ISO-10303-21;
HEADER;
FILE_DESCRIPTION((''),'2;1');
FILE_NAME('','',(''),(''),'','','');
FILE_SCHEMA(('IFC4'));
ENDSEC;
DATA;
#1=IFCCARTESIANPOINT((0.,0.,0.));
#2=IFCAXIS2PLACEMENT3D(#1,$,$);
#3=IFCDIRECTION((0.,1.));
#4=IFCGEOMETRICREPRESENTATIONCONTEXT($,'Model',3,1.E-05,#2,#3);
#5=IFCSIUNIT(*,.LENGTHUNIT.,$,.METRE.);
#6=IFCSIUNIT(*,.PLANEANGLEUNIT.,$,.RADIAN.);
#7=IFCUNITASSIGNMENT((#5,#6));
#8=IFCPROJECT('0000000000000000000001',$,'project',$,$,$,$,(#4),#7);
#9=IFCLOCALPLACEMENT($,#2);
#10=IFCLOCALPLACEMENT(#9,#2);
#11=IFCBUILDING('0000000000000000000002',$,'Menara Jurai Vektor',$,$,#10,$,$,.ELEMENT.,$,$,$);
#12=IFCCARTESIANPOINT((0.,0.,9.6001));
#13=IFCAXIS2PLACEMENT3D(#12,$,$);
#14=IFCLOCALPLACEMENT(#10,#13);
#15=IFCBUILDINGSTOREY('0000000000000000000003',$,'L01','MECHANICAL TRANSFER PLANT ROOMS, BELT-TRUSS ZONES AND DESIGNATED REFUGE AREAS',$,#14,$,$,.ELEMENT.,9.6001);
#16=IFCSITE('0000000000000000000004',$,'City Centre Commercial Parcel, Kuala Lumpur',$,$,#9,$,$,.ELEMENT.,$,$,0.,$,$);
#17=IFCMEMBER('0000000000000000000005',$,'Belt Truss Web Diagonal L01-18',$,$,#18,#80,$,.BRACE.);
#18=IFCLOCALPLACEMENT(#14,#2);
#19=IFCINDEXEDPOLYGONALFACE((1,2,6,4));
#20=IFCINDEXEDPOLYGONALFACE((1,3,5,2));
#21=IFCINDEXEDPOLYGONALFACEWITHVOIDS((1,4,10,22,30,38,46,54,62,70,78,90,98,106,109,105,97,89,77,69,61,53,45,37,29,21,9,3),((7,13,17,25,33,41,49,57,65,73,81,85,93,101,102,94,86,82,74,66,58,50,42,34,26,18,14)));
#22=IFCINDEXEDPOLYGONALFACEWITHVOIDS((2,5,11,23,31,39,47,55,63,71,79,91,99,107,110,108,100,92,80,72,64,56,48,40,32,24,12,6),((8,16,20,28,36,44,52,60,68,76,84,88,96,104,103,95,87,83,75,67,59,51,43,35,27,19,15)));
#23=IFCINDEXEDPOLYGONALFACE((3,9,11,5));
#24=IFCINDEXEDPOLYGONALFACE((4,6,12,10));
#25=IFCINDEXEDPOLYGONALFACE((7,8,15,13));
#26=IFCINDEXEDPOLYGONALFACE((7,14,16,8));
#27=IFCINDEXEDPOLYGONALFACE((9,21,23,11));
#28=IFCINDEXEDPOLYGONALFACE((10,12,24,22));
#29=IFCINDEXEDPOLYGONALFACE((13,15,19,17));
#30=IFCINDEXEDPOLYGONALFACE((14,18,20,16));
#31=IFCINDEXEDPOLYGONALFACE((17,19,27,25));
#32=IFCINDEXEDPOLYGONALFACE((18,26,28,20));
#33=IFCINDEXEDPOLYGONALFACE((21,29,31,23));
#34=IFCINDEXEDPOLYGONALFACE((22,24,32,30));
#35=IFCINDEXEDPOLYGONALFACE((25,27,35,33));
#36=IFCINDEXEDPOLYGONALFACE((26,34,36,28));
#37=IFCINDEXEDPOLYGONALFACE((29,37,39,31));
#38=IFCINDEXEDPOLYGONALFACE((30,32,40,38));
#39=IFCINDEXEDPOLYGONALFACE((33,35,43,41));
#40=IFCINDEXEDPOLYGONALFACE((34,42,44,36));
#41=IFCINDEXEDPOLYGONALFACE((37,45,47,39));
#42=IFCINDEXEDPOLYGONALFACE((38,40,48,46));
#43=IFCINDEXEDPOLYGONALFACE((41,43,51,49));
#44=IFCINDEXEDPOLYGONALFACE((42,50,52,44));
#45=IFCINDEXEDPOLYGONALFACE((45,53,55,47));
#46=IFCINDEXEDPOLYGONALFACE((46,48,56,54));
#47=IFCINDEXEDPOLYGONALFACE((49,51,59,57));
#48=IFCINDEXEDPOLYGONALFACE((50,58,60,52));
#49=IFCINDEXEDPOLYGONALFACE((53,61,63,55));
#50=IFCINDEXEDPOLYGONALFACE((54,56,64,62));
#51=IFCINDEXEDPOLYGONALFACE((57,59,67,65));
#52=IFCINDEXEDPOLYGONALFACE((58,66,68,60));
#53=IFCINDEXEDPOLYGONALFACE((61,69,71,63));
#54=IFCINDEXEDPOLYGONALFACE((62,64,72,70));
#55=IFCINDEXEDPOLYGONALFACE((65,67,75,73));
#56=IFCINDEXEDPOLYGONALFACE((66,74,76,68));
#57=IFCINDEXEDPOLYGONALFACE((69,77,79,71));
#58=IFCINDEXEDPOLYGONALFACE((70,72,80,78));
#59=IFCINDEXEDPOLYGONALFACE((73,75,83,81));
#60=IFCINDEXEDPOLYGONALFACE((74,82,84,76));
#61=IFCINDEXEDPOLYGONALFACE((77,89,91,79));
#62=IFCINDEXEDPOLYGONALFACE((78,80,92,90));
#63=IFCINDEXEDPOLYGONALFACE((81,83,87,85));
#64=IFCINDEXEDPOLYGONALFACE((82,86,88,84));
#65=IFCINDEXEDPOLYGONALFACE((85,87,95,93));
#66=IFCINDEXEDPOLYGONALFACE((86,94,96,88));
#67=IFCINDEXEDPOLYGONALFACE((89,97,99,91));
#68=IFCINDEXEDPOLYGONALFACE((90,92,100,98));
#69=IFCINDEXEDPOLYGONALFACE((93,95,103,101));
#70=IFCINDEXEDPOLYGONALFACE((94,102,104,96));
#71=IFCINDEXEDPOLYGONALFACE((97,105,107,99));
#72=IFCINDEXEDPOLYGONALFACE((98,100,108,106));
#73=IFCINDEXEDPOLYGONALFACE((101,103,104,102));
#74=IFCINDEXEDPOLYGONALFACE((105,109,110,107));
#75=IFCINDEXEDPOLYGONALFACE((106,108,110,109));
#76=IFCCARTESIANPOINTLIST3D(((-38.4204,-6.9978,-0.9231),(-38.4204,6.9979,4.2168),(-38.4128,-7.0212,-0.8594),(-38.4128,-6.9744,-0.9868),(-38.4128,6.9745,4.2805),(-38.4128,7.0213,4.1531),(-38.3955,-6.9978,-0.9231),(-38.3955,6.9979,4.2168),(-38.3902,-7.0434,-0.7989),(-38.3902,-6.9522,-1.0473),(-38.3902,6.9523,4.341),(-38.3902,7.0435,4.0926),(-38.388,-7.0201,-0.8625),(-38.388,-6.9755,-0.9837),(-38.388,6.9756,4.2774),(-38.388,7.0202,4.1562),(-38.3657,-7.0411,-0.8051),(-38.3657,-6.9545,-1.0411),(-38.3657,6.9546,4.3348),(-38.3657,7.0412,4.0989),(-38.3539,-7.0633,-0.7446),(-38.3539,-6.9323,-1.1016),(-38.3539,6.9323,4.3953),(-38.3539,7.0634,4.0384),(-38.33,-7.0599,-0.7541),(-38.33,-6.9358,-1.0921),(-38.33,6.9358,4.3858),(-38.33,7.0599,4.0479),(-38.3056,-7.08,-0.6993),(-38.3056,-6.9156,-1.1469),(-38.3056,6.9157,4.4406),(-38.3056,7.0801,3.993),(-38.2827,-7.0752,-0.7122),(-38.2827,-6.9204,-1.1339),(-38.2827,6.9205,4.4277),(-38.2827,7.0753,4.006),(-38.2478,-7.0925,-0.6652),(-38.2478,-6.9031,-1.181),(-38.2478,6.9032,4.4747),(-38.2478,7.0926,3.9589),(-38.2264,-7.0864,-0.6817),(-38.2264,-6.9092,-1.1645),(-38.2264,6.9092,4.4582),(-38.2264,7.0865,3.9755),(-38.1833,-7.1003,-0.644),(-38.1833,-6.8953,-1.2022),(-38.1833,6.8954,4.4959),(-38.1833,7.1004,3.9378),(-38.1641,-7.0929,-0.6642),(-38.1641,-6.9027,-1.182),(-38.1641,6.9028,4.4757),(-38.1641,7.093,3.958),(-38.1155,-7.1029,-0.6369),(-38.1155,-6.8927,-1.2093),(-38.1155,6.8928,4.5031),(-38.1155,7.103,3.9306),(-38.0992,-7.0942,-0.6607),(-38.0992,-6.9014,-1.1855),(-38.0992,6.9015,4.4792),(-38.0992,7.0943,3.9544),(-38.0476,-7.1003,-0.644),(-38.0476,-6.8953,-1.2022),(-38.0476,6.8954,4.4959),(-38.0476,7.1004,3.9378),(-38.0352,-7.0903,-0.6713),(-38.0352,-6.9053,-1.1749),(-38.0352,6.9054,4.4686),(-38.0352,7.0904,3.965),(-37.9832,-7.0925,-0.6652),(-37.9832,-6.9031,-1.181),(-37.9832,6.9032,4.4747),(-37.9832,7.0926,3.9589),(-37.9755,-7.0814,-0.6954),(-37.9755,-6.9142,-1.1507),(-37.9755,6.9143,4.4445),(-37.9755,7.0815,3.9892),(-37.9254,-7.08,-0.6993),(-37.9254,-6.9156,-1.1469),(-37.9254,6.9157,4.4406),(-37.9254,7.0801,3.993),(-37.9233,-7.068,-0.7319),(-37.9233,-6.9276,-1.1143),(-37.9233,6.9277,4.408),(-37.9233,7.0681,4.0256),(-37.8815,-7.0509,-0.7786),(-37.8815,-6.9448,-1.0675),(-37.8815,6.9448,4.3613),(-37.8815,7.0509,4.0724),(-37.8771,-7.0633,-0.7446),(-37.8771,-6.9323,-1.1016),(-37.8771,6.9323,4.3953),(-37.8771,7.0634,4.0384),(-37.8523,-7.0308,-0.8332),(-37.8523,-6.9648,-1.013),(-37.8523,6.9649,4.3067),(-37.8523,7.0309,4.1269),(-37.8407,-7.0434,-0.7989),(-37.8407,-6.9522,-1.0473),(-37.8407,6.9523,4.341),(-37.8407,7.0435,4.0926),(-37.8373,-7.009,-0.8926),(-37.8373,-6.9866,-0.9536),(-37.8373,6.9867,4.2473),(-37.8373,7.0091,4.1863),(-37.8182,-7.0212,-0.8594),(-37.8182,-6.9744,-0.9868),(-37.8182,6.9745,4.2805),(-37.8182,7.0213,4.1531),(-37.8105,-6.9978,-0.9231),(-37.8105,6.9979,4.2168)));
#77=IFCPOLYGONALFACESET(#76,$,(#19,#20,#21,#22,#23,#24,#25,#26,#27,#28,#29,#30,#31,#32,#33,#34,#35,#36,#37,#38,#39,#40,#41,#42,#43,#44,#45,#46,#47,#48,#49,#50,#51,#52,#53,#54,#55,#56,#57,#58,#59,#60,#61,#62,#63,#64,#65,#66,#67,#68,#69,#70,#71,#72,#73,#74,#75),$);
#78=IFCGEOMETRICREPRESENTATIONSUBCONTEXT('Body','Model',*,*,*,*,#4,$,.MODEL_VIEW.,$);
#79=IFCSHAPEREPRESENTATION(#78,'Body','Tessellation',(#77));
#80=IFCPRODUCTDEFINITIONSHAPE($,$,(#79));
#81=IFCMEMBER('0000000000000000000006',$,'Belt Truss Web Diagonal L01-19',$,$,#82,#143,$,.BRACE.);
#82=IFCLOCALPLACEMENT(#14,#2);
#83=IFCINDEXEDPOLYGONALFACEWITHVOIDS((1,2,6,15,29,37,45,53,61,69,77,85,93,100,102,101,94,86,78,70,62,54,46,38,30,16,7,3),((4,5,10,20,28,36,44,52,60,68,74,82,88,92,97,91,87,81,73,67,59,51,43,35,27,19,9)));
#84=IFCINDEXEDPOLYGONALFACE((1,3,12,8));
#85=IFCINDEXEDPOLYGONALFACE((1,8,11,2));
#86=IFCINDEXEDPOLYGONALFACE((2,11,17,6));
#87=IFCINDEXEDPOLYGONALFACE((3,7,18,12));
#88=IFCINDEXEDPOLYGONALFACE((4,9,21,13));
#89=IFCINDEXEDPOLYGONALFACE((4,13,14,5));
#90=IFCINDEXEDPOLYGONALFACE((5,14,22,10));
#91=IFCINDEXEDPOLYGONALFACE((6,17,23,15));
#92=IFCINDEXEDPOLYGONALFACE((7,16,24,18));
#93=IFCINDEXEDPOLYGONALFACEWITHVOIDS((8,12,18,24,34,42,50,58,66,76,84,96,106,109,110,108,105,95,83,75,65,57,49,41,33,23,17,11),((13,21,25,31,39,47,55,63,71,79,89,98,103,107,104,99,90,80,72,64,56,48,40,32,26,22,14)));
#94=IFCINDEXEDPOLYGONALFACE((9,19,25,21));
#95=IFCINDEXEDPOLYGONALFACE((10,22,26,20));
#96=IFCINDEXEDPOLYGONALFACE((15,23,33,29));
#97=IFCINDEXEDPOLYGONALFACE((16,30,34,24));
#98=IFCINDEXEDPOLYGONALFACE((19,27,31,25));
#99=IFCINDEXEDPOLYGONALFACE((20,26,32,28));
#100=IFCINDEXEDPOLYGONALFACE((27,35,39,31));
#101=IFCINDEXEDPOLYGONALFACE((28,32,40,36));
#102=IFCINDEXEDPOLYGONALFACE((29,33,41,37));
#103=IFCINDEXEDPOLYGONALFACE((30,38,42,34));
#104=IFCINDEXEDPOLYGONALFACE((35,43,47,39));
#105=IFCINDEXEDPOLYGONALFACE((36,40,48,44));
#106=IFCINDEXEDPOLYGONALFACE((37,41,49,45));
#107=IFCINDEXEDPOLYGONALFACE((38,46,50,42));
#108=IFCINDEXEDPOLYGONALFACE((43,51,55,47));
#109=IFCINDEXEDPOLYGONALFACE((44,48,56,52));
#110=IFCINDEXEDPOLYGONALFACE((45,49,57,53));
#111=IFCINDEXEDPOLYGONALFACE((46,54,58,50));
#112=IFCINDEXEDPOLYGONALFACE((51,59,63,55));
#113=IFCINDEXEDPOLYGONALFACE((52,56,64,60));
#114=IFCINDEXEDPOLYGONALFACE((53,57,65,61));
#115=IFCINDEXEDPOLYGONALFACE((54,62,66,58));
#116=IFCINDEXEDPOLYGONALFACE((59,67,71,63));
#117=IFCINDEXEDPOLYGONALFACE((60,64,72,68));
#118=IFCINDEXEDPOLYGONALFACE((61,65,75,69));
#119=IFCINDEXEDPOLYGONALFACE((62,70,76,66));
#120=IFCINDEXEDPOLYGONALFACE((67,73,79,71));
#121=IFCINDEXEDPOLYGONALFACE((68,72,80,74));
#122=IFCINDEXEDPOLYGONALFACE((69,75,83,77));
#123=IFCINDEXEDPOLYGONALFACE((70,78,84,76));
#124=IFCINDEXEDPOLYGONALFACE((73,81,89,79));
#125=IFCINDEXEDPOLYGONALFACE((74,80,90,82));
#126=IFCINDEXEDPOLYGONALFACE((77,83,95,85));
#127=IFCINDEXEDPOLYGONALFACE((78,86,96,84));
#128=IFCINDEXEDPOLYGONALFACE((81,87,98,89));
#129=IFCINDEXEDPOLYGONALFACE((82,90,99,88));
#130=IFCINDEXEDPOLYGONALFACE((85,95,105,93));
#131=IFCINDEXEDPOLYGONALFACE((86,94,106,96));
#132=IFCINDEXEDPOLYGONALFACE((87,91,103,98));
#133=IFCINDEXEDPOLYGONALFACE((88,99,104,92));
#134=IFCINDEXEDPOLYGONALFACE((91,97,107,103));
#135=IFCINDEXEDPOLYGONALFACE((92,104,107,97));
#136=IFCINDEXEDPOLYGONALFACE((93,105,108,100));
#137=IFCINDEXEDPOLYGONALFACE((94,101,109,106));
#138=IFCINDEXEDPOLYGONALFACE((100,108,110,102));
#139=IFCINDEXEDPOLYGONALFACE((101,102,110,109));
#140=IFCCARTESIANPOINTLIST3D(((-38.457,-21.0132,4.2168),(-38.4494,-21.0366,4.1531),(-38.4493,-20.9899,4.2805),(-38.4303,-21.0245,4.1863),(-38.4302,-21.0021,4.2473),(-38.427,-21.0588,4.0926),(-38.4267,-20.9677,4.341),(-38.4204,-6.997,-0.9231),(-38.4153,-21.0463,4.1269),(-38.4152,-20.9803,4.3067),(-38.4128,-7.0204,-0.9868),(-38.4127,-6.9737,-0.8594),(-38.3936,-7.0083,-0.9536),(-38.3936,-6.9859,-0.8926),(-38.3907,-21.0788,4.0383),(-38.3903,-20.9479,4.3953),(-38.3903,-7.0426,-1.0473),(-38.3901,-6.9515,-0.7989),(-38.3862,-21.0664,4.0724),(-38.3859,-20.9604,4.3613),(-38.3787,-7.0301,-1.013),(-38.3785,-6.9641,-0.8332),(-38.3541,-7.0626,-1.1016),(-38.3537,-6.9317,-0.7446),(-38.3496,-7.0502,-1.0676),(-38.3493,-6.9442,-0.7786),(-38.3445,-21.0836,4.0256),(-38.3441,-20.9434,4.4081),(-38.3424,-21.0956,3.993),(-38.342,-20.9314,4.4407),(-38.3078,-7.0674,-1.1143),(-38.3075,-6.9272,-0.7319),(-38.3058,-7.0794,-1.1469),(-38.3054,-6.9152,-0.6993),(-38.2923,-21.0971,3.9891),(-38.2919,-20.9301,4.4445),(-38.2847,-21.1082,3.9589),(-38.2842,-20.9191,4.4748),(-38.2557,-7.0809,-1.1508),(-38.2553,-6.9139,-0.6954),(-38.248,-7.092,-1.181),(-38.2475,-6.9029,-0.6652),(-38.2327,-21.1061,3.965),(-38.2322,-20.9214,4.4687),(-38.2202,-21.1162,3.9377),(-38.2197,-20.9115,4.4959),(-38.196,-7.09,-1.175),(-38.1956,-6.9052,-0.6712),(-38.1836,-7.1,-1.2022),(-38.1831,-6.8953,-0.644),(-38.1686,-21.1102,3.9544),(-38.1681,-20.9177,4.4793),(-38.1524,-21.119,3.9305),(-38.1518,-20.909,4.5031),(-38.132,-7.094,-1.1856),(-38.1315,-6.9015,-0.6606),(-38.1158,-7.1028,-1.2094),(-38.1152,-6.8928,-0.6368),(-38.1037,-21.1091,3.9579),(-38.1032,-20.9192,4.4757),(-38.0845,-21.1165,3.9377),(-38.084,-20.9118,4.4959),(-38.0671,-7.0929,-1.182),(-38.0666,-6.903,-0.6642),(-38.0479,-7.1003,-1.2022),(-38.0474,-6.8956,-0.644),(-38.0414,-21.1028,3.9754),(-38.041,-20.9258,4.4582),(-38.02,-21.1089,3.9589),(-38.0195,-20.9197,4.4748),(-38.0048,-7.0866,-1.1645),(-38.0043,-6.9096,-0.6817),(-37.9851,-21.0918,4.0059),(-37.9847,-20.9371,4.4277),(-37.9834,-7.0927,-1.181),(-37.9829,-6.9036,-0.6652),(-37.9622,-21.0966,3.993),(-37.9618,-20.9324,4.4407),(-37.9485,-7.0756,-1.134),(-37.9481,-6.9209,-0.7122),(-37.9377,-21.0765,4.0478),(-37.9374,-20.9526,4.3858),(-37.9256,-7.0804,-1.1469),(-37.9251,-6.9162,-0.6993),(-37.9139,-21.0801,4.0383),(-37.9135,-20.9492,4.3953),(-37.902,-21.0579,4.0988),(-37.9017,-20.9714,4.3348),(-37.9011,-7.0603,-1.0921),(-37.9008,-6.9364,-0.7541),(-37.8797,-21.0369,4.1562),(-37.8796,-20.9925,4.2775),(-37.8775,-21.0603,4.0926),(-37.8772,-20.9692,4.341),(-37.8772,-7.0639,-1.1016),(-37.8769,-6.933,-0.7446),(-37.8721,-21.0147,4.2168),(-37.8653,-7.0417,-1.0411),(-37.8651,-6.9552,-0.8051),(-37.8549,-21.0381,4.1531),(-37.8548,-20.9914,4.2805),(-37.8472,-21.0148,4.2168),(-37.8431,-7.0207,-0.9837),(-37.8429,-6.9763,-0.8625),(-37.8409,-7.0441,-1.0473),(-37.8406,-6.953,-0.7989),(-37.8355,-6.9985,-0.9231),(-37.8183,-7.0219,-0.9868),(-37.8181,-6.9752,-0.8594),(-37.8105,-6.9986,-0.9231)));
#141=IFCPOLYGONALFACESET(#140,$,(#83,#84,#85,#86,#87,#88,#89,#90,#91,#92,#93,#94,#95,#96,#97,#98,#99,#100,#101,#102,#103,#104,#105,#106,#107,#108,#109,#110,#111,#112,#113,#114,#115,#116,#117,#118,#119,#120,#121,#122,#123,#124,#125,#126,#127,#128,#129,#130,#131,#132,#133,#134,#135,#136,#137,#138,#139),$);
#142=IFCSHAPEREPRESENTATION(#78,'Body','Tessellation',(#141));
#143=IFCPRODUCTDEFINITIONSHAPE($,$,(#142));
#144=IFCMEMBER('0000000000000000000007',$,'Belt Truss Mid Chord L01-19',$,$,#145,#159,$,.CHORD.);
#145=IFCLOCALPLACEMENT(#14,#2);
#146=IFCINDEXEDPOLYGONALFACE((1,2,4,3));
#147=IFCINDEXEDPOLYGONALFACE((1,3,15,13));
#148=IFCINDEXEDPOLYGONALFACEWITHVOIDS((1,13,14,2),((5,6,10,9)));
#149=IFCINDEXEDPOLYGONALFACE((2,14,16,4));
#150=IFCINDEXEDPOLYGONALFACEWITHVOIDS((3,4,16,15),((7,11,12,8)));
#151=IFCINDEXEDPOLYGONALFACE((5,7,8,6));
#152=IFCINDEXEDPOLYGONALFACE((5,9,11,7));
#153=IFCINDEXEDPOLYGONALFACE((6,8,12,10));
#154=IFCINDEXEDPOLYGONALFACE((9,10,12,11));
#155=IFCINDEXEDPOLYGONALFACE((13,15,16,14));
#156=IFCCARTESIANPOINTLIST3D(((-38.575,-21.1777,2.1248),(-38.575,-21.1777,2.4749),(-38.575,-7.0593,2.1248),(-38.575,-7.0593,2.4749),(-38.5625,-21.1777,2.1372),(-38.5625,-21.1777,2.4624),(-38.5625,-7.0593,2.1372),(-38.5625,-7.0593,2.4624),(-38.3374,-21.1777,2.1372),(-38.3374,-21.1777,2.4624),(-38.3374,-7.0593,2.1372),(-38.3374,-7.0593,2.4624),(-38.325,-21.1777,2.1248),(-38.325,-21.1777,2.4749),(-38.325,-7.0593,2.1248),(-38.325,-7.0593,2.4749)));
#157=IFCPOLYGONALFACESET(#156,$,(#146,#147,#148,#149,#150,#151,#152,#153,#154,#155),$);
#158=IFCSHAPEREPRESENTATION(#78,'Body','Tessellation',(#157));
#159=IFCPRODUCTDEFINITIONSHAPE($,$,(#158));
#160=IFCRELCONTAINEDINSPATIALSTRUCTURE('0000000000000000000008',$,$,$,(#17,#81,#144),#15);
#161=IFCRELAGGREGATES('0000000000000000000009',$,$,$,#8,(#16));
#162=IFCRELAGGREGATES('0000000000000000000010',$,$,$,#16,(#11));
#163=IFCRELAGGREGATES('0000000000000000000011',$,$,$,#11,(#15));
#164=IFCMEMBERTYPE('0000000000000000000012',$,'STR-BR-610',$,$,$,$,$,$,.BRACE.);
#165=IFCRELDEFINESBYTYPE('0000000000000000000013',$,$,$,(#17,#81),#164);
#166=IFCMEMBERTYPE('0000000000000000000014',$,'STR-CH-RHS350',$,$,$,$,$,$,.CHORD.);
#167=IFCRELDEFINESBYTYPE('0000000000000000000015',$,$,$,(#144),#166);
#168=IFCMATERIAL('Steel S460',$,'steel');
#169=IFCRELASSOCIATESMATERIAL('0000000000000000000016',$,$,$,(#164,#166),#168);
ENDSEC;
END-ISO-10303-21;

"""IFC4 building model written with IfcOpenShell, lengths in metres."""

from ifc_helpers import new_model, si_unit, direction, frame, origin, origin_2d, place, context, subcontext, project, spatial, hollow_rectangle, hollow_circle, extrude, material, material_profile, profile_set, type_object, element, save


model = new_model("IFC4")

# Units and contexts
model_context = context("Model", 3, precision=1e-05, world=origin(), true_north=direction((0.0, 1.0)))
body_context = subcontext(model_context, "Body", "Model", "MODEL_VIEW")
ifc_project = project(units=[si_unit("LENGTHUNIT", "METRE"), si_unit("PLANEANGLEUNIT", "RADIAN")], contexts=[model_context])

# Site, building, storey
site_placement = place(None, origin())
site = spatial("IfcSite", under=ifc_project, at=site_placement, Name="City Centre Commercial Parcel, Kuala Lumpur", CompositionType="ELEMENT", RefElevation=0.0)
building_placement = place(site_placement, origin())
building = spatial("IfcBuilding", under=site, at=building_placement, Name="Menara Jurai Vektor", CompositionType="ELEMENT")
storey_placement = place(building_placement, frame((0.0, 0.0, 9.6001)))
storey = spatial("IfcBuildingStorey", under=building, at=storey_placement, Name="L01", Description="MECHANICAL TRANSFER PLANT ROOMS, BELT-TRUSS ZONES AND DESIGNATED REFUGE AREAS", CompositionType="ELEMENT", Elevation=9.6001)

# Shared definitions
ifc_material_1 = material(Name="Steel S460", Category="steel")

# Members
ifc_material_profile_1 = material_profile(ifc_material_1, hollow_circle(Radius=0.3049, WallThickness=0.0249, at=origin_2d()), Name="CHS 610x25")
ifc_profile_set_1 = profile_set([ifc_material_profile_1], Name="Steel S460")
member_type_1 = type_object("IfcMemberType", Name="STR-BR-610", PredefinedType="BRACE", material=ifc_profile_set_1)
member_1_placement = place(storey_placement, frame((-38.1155, -6.9978, -0.9231), z_axis=(0.0, 0.938699, 0.344738), x_axis=(-1.0, 0.0, 0.0)))
element("IfcMember", 1, at=member_1_placement, inside=storey, type_object=member_type_1, Name="Belt Truss Web Diagonal L01-18", PredefinedType="BRACE", context=body_context, shape_type="SweptSolid", body=[
    extrude(hollow_circle(Radius=0.3049, WallThickness=0.0249, at=origin_2d()), origin(), (0.0, 0.0, 1.0), 14.9097),
])
member_2_placement = place(storey_placement, frame((-38.1155, -6.9978, -0.9231), z_axis=(-0.002453, -0.938859, 0.344292), x_axis=(0.999997, -0.002613, 0.0)))
element("IfcMember", 2, at=member_2_placement, inside=storey, type_object=member_type_1, Name="Belt Truss Web Diagonal L01-19", PredefinedType="BRACE", context=body_context, shape_type="SweptSolid", body=[
    extrude(hollow_circle(Radius=0.3049, WallThickness=0.0249, at=origin_2d()), origin(), (0.0, 0.0, 1.0), 14.929),
])
ifc_material_profile_2 = material_profile(ifc_material_1, hollow_rectangle(XDim=0.25, YDim=0.3501, WallThickness=0.0125, at=origin_2d()), Name="RHS 350x250x12.5")
ifc_profile_set_2 = profile_set([ifc_material_profile_2], Name="Steel S460")
member_type_2 = type_object("IfcMemberType", Name="STR-CH-RHS350", PredefinedType="CHORD", material=ifc_profile_set_2)
member_3_placement = place(storey_placement, frame((-38.45, -7.0593, 2.2998), z_axis=(0.0, -1.0, 0.0), x_axis=(1.0, 0.0, 0.0)))
element("IfcMember", 3, at=member_3_placement, inside=storey, type_object=member_type_2, Name="Belt Truss Mid Chord L01-19", PredefinedType="CHORD", context=body_context, shape_type="SweptSolid", body=[
    extrude(hollow_rectangle(XDim=0.25, YDim=0.3501, WallThickness=0.0125, at=origin_2d()), origin(), (0.0, 0.0, 1.0), 14.1184),
])

save(model, "model.ifc")
